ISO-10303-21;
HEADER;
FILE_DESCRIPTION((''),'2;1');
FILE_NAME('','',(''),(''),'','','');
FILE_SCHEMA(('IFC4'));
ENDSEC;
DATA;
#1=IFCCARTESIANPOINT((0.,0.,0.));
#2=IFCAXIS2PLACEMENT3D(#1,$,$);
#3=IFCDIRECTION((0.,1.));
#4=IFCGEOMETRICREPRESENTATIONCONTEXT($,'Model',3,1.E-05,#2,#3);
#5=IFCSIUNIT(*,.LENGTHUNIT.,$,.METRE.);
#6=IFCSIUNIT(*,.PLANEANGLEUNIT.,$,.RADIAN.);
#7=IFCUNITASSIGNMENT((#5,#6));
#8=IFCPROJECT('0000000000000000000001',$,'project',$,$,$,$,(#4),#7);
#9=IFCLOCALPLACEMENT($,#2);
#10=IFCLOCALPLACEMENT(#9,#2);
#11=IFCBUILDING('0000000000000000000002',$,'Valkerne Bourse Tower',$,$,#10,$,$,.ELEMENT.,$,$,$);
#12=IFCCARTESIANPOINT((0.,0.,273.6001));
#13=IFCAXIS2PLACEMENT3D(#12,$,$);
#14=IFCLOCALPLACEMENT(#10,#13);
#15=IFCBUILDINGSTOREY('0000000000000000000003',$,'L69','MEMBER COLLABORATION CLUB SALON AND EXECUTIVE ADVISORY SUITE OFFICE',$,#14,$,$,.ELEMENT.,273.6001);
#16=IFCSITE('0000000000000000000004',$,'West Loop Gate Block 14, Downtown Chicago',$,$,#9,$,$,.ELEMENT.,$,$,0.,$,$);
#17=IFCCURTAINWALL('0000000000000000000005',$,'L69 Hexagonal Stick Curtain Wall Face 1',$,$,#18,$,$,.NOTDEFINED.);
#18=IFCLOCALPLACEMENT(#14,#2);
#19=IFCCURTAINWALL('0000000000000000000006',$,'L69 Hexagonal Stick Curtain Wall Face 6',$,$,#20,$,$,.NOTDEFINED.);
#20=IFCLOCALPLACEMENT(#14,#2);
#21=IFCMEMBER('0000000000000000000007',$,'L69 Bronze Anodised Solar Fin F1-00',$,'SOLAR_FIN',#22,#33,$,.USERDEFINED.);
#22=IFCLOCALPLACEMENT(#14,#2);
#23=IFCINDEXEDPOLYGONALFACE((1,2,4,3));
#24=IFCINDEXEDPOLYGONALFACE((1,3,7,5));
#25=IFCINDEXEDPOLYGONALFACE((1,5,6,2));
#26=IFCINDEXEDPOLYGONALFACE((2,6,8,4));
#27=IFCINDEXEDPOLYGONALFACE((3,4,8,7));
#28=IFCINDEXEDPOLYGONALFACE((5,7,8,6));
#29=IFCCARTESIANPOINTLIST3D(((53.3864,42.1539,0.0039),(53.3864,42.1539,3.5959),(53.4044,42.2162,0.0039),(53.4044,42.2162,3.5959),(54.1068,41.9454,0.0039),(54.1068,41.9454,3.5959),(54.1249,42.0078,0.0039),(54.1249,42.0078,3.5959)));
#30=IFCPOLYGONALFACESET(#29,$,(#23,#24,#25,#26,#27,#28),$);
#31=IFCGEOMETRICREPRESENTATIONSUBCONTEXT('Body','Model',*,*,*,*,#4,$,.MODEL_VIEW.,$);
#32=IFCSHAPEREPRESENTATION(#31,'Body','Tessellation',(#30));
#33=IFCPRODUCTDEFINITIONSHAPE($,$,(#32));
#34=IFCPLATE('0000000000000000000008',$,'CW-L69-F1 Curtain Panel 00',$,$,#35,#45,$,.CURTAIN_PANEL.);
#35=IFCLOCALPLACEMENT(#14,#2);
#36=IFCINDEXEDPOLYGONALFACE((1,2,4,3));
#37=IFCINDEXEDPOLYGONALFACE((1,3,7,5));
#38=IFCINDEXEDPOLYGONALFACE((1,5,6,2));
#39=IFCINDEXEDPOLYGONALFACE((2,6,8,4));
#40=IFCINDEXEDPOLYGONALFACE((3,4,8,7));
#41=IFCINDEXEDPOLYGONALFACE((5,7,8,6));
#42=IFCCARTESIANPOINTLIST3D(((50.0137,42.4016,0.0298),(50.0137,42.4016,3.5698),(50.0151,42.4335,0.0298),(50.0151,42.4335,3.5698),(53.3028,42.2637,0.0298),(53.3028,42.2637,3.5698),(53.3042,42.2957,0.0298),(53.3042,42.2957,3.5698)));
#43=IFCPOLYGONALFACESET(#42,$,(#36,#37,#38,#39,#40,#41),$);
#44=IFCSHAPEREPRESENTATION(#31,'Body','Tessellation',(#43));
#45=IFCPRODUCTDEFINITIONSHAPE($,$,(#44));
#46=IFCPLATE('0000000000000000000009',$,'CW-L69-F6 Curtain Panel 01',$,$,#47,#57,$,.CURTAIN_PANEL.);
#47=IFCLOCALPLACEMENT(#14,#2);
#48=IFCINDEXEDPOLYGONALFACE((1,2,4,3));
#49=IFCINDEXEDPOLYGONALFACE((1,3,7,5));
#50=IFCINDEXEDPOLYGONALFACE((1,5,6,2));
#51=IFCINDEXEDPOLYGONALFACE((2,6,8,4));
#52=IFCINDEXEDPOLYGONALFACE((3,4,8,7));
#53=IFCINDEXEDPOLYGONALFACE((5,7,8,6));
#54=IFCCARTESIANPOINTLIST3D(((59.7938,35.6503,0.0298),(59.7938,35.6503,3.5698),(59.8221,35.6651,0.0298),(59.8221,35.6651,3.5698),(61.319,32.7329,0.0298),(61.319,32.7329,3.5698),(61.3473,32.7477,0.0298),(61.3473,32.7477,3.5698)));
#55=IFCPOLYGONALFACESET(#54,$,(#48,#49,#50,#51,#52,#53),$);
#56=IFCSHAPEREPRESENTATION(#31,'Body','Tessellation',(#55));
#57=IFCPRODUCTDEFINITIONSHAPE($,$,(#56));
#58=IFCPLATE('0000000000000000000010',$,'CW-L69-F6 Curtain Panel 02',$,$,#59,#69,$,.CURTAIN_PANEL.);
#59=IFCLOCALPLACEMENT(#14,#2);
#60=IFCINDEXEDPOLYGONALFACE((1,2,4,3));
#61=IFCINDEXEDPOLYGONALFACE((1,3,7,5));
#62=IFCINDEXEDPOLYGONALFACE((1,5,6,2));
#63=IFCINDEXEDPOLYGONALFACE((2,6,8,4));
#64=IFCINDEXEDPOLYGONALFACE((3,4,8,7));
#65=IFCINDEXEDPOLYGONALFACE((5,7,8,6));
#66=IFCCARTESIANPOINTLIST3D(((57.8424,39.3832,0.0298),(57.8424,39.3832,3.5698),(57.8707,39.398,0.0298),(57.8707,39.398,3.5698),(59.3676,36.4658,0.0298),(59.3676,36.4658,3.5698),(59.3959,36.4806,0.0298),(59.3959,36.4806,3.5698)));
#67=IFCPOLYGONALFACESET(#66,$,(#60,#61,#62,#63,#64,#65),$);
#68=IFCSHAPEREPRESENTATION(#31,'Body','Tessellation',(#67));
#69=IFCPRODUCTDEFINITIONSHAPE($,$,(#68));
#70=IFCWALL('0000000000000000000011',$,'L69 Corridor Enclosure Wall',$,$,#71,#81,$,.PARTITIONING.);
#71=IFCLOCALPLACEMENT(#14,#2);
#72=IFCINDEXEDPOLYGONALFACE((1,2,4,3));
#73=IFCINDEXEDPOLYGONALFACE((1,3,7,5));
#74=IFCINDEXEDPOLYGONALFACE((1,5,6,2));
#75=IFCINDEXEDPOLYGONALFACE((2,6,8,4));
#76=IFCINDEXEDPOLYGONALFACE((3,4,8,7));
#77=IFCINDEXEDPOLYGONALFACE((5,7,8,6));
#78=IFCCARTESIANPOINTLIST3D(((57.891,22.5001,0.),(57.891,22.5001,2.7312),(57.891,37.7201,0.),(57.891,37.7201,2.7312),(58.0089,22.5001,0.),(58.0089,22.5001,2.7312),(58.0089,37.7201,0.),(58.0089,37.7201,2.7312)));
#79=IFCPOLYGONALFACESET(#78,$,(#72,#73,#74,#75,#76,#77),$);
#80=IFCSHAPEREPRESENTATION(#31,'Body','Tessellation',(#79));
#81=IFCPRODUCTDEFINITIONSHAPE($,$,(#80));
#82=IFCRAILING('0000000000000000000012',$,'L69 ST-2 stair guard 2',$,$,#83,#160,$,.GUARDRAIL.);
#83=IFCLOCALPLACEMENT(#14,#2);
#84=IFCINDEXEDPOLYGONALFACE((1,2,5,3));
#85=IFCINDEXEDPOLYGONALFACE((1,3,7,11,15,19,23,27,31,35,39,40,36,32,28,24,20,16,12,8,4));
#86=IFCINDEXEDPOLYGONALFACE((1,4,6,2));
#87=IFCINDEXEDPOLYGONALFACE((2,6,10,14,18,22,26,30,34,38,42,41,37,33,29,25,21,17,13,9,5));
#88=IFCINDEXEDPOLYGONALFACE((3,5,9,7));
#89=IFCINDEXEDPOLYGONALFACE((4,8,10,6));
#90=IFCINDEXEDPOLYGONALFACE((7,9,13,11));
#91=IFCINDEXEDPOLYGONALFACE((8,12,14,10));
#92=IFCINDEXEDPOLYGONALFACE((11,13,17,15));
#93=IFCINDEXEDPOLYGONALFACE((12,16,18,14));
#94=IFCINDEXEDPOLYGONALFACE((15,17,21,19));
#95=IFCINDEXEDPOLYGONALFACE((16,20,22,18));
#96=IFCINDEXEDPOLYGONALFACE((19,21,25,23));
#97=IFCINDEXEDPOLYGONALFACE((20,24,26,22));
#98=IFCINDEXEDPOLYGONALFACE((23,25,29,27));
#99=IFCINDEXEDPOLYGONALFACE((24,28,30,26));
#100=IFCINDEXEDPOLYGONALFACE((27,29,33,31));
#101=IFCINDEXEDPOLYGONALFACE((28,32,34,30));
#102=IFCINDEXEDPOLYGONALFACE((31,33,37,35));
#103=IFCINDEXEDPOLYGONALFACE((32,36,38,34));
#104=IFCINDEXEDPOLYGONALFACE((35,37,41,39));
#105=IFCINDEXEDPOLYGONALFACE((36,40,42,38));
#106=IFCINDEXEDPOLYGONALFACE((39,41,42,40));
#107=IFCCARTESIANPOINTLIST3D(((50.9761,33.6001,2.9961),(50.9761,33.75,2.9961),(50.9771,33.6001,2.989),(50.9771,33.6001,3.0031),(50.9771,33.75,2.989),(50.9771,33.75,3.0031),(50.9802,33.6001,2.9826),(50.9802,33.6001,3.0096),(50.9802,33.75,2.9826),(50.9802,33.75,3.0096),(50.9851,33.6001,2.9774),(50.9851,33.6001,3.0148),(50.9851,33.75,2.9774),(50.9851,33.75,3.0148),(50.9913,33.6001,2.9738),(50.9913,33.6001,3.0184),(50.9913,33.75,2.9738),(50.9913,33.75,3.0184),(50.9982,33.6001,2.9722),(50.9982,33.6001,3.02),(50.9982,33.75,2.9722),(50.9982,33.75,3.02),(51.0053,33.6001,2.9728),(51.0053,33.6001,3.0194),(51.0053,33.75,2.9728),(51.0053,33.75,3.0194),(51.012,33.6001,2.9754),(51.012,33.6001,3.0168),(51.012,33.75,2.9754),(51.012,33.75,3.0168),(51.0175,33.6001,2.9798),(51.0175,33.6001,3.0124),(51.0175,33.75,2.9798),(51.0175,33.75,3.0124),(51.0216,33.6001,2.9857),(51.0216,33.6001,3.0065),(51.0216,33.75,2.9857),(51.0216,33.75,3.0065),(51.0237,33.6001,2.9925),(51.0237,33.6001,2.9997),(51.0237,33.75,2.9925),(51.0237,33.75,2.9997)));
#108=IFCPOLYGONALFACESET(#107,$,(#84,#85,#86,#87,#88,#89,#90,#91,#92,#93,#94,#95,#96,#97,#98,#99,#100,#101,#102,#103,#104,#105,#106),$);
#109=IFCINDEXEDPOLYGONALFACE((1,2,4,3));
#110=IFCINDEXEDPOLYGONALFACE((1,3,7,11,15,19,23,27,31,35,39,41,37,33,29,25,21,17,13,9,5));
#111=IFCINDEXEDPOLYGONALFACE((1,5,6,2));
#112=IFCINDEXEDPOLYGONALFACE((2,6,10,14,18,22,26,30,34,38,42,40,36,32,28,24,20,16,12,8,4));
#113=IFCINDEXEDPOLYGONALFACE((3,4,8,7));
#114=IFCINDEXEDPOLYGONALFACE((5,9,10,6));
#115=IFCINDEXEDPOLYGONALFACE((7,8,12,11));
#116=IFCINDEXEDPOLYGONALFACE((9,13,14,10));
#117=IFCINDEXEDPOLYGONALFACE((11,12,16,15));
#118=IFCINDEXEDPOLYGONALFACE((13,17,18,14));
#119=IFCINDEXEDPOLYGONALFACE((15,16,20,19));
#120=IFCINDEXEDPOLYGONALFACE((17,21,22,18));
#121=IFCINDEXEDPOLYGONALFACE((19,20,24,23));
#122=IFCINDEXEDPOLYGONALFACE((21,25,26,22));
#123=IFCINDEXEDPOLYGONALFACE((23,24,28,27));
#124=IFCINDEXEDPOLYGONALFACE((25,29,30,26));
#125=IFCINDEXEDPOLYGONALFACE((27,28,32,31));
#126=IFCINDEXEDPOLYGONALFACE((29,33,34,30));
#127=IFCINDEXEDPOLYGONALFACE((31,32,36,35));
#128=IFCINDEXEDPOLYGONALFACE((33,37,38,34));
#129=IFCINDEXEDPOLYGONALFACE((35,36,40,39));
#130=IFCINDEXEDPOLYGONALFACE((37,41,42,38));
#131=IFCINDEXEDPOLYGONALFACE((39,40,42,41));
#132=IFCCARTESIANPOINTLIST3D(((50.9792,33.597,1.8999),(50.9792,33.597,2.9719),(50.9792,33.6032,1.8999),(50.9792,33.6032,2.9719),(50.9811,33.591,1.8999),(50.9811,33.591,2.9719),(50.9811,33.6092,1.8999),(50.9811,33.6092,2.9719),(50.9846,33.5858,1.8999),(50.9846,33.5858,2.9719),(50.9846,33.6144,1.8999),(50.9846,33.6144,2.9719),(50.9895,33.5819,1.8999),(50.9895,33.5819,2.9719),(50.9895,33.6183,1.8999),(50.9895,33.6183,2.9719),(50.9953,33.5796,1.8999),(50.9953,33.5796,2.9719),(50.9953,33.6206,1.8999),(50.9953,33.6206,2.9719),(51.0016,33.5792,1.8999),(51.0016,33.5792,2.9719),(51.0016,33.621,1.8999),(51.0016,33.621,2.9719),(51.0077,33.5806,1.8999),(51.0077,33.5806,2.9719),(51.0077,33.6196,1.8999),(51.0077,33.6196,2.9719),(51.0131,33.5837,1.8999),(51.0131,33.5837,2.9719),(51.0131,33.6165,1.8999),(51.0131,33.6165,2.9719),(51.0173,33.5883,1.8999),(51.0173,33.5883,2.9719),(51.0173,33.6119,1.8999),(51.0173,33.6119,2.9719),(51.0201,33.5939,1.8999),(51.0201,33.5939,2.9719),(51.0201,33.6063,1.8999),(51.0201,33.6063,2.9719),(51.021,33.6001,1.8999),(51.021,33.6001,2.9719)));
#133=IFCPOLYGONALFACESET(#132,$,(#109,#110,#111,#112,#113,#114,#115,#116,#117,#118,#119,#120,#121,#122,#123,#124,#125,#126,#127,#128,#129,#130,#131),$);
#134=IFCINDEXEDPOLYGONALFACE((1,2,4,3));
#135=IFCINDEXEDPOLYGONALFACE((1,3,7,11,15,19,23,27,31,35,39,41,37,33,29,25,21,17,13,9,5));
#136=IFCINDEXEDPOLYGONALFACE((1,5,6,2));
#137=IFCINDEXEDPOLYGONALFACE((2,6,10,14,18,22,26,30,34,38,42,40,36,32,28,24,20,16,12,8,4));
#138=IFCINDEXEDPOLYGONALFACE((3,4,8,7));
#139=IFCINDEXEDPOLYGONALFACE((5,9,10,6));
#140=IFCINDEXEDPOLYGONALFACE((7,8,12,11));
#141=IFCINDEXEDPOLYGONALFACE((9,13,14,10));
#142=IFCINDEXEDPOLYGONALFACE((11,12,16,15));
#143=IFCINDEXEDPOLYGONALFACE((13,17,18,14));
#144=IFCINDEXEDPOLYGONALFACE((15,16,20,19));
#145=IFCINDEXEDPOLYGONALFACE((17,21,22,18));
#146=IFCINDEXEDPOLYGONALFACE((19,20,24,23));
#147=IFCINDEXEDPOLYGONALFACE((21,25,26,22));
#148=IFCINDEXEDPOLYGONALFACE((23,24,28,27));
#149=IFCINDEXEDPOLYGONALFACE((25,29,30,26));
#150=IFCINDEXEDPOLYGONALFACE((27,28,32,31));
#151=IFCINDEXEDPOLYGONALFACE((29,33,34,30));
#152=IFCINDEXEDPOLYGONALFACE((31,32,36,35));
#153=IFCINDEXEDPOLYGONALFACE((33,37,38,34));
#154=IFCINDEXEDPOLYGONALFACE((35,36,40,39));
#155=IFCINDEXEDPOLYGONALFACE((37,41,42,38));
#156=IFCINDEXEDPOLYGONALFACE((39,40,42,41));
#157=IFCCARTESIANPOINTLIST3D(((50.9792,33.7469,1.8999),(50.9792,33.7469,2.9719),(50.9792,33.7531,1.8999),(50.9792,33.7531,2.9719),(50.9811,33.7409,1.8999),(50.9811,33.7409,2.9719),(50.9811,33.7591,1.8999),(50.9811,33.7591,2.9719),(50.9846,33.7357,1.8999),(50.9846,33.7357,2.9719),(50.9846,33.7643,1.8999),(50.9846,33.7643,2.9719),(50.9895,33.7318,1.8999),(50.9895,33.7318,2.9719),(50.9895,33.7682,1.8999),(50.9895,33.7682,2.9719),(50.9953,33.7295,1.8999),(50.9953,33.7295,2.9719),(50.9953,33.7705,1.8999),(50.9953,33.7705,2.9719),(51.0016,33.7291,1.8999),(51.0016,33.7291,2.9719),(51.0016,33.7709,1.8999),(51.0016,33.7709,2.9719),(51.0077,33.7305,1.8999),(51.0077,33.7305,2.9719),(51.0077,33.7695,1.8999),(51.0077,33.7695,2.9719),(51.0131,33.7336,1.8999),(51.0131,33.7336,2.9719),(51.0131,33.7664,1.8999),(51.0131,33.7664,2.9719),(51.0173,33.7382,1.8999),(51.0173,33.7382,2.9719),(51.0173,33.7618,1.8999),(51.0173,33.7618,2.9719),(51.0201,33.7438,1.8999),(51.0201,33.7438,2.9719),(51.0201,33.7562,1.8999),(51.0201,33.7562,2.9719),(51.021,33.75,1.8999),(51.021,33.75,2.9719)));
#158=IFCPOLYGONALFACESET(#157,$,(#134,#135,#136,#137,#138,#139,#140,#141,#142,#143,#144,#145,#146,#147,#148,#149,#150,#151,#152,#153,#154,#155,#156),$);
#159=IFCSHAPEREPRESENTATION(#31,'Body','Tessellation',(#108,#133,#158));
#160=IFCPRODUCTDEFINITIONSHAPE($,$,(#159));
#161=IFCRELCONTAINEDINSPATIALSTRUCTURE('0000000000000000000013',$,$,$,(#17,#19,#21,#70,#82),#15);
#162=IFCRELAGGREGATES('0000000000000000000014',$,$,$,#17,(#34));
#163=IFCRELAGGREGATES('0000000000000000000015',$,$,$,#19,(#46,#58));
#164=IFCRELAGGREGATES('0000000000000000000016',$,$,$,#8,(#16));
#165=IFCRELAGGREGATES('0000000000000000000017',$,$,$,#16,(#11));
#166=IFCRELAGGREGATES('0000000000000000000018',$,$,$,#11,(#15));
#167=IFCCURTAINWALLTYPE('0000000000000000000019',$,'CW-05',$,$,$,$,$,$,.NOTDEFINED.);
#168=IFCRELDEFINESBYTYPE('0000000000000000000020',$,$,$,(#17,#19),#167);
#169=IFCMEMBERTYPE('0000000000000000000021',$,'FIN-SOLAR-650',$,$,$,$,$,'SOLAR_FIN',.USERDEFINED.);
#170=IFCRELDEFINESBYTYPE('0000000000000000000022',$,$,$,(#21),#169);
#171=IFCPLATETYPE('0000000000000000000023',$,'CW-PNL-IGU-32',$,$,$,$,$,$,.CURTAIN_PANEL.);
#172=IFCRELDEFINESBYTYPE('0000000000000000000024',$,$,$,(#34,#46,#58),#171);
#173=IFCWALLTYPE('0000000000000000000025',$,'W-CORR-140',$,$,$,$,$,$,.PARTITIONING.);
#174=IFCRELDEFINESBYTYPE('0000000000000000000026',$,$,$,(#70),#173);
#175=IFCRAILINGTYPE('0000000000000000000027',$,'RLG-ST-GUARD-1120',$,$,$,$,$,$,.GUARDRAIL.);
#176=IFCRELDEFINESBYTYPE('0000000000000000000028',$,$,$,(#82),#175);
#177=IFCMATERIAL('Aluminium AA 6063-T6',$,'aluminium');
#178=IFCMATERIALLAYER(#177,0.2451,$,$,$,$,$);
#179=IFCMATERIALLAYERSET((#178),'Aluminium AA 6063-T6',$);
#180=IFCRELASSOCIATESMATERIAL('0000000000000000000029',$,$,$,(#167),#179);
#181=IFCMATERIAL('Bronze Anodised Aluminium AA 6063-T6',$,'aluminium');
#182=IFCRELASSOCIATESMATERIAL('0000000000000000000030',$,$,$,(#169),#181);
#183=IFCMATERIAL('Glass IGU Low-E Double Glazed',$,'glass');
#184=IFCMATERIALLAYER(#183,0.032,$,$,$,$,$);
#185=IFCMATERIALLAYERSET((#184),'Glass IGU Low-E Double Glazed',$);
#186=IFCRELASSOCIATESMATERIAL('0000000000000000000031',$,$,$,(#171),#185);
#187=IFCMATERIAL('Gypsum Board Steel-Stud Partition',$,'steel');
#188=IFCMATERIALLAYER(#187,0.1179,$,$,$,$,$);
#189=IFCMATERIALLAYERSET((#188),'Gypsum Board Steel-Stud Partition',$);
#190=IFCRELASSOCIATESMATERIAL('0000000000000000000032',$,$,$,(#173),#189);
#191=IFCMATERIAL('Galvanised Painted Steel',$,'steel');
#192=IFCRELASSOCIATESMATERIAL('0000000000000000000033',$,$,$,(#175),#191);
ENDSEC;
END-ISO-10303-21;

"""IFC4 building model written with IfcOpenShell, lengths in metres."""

from ifc_helpers import new_model, si_unit, direction, frame, frame_2d, origin, origin_2d, place, context, subcontext, project, spatial, rectangle, circle, extrude, material, layer, layer_set, material_profile, profile_set, type_object, element, aggregate, save


model = new_model("IFC4")

# Units and contexts
model_context = context("Model", 3, precision=1e-05, world=origin(), true_north=direction((0.0, 1.0)))
body_context = subcontext(model_context, "Body", "Model", "MODEL_VIEW")
ifc_project = project(units=[si_unit("LENGTHUNIT", "METRE"), si_unit("PLANEANGLEUNIT", "RADIAN")], contexts=[model_context])

# Site, building, storey
site_placement = place(None, origin())
site = spatial("IfcSite", under=ifc_project, at=site_placement, Name="West Loop Gate Block 14, Downtown Chicago", CompositionType="ELEMENT", RefElevation=0.0)
building_placement = place(site_placement, origin())
building = spatial("IfcBuilding", under=site, at=building_placement, Name="Valkerne Bourse Tower", CompositionType="ELEMENT")
storey_placement = place(building_placement, frame((0.0, 0.0, 273.6001)))
storey = spatial("IfcBuildingStorey", under=building, at=storey_placement, Name="L69", Description="MEMBER COLLABORATION CLUB SALON AND EXECUTIVE ADVISORY SUITE OFFICE", CompositionType="ELEMENT", Elevation=273.6001)

# Curtain wall
ifc_material_1 = material(Name="Aluminium AA 6063-T6", Category="aluminium")
ifc_layer_1 = layer(ifc_material_1, 0.2451)
ifc_layer_set_1 = layer_set([ifc_layer_1], Name="Aluminium AA 6063-T6")
curtain_wall_type = type_object("IfcCurtainWallType", Name="CW-05", PredefinedType="NOTDEFINED", material=ifc_layer_set_1)
curtain_wall_1_placement = place(storey_placement, origin())
curtain_wall_1 = element("IfcCurtainWall", 1, at=curtain_wall_1_placement, inside=storey, type_object=curtain_wall_type, Name="L69 Hexagonal Stick Curtain Wall Face 1", PredefinedType="NOTDEFINED")

# Curtain wall
curtain_wall_2_placement = place(storey_placement, origin())
curtain_wall_2 = element("IfcCurtainWall", 2, at=curtain_wall_2_placement, inside=storey, type_object=curtain_wall_type, Name="L69 Hexagonal Stick Curtain Wall Face 6", PredefinedType="NOTDEFINED")

# Member
ifc_material_2 = material(Name="Bronze Anodised Aluminium AA 6063-T6", Category="aluminium")
ifc_material_profile_1 = material_profile(ifc_material_2, rectangle(XDim=0.0649, YDim=0.75, at=origin_2d()), Name="FIN-65X750")
ifc_profile_set_1 = profile_set([ifc_material_profile_1], Name="Bronze Anodised Aluminium AA 6063-T6")
member_type_1 = type_object("IfcMemberType", Name="FIN-SOLAR-650", ElementType="SOLAR_FIN", PredefinedType="USERDEFINED", material=ifc_profile_set_1)
member_1_placement = place(storey_placement, frame((53.7556, 42.0808, 0.0039), z_axis=(0.0, 0.0, 1.0), x_axis=(0.277958, 0.960593, 0.0)))
element("IfcMember", 3, at=member_1_placement, inside=storey, type_object=member_type_1, Name="L69 Bronze Anodised Solar Fin F1-00", ObjectType="SOLAR_FIN", PredefinedType="USERDEFINED", context=body_context, shape_type="SweptSolid", body=[
    extrude(rectangle(XDim=0.0649, YDim=0.75, at=origin_2d()), origin(), (0.0, 0.0, 1.0), 3.592),
])

# Plates
ifc_material_3 = material(Name="Glass IGU Low-E Double Glazed", Category="glass")
ifc_layer_2 = layer(ifc_material_3, 0.032)
ifc_layer_set_2 = layer_set([ifc_layer_2], Name="Glass IGU Low-E Double Glazed")
plate_type = type_object("IfcPlateType", Name="CW-PNL-IGU-32", PredefinedType="CURTAIN_PANEL", material=ifc_layer_set_2)
plate_1_placement = place(storey_placement, frame((51.6589, 42.3486, 0.0298), z_axis=(0.0, 0.0, 1.0), x_axis=(-0.999123, 0.04188, 0.0)))
plate_1 = element("IfcPlate", 4, at=plate_1_placement, type_object=plate_type, Name="CW-L69-F1 Curtain Panel 00", PredefinedType="CURTAIN_PANEL", context=body_context, shape_type="SweptSolid", body=[
    extrude(rectangle(XDim=3.292, YDim=0.032, at=origin_2d()), origin(), (0.0, 0.0, 1.0), 3.54),
])
aggregate(curtain_wall_1, [plate_1])
plate_2_placement = place(storey_placement, frame((60.5706, 34.199, 0.0298), z_axis=(0.0, 0.0, 1.0), x_axis=(-0.463294, 0.886204, 0.0)))
plate_2 = element("IfcPlate", 5, at=plate_2_placement, type_object=plate_type, Name="CW-L69-F6 Curtain Panel 01", PredefinedType="CURTAIN_PANEL", context=body_context, shape_type="SweptSolid", body=[
    extrude(rectangle(XDim=3.292, YDim=0.032, at=origin_2d()), origin(), (0.0, 0.0, 1.0), 3.54),
])
plate_3_placement = place(storey_placement, frame((58.6191, 37.9319, 0.0298), z_axis=(0.0, 0.0, 1.0), x_axis=(-0.463294, 0.886204, 0.0)))
plate_3 = element("IfcPlate", 6, at=plate_3_placement, type_object=plate_type, Name="CW-L69-F6 Curtain Panel 02", PredefinedType="CURTAIN_PANEL", context=body_context, shape_type="SweptSolid", body=[
    extrude(rectangle(XDim=3.292, YDim=0.032, at=origin_2d()), origin(), (0.0, 0.0, 1.0), 3.54),
])
aggregate(curtain_wall_2, [plate_2, plate_3])

# Wall
ifc_material_4 = material(Name="Gypsum Board Steel-Stud Partition", Category="steel")
ifc_layer_3 = layer(ifc_material_4, 0.1179)
ifc_layer_set_3 = layer_set([ifc_layer_3], Name="Gypsum Board Steel-Stud Partition")
wall_type = type_object("IfcWallType", Name="W-CORR-140", PredefinedType="PARTITIONING", material=ifc_layer_set_3)
wall_placement = place(storey_placement, frame((57.95, 37.72, 0.0), z_axis=(0.0, 0.0, 1.0), x_axis=(0.0, -1.0, 0.0)))
element("IfcWall", 7, at=wall_placement, inside=storey, type_object=wall_type, Name="L69 Corridor Enclosure Wall", PredefinedType="PARTITIONING", context=body_context, shape_type="SweptSolid", body=[
    extrude(rectangle(XDim=15.22, YDim=0.1179, at=frame_2d((7.6099, 0.0))), origin(), (0.0, 0.0, 1.0), 2.7312),
])

# Railing
ifc_material_5 = material(Name="Galvanised Painted Steel", Category="steel")
railing_type_1 = type_object("IfcRailingType", Name="RLG-ST-GUARD-1120", PredefinedType="GUARDRAIL", material=ifc_material_5)
railing_1_placement = place(storey_placement, frame((51.0, 33.6001, 1.8999)))
element("IfcRailing", 8, at=railing_1_placement, inside=storey, type_object=railing_type_1, Name="L69 ST-2 stair guard 2", PredefinedType="GUARDRAIL", context=body_context, shape_type="SweptSolid", body=[
    extrude(circle(Radius=0.0239, at=origin_2d()), frame((0.0, 0.0, 1.0962), z_axis=(0.0, 1.0, 0.0), x_axis=(-1.0, 0.0, 0.0)), (0.0, 0.0, 1.0), 0.1499),
    extrude(circle(Radius=0.021, at=origin_2d()), origin(), (0.0, 0.0, 1.0), 1.072),
    extrude(circle(Radius=0.021, at=origin_2d()), frame((0.0, 0.1499, 0.0)), (0.0, 0.0, 1.0), 1.072),
])

save(model, "model.ifc")
